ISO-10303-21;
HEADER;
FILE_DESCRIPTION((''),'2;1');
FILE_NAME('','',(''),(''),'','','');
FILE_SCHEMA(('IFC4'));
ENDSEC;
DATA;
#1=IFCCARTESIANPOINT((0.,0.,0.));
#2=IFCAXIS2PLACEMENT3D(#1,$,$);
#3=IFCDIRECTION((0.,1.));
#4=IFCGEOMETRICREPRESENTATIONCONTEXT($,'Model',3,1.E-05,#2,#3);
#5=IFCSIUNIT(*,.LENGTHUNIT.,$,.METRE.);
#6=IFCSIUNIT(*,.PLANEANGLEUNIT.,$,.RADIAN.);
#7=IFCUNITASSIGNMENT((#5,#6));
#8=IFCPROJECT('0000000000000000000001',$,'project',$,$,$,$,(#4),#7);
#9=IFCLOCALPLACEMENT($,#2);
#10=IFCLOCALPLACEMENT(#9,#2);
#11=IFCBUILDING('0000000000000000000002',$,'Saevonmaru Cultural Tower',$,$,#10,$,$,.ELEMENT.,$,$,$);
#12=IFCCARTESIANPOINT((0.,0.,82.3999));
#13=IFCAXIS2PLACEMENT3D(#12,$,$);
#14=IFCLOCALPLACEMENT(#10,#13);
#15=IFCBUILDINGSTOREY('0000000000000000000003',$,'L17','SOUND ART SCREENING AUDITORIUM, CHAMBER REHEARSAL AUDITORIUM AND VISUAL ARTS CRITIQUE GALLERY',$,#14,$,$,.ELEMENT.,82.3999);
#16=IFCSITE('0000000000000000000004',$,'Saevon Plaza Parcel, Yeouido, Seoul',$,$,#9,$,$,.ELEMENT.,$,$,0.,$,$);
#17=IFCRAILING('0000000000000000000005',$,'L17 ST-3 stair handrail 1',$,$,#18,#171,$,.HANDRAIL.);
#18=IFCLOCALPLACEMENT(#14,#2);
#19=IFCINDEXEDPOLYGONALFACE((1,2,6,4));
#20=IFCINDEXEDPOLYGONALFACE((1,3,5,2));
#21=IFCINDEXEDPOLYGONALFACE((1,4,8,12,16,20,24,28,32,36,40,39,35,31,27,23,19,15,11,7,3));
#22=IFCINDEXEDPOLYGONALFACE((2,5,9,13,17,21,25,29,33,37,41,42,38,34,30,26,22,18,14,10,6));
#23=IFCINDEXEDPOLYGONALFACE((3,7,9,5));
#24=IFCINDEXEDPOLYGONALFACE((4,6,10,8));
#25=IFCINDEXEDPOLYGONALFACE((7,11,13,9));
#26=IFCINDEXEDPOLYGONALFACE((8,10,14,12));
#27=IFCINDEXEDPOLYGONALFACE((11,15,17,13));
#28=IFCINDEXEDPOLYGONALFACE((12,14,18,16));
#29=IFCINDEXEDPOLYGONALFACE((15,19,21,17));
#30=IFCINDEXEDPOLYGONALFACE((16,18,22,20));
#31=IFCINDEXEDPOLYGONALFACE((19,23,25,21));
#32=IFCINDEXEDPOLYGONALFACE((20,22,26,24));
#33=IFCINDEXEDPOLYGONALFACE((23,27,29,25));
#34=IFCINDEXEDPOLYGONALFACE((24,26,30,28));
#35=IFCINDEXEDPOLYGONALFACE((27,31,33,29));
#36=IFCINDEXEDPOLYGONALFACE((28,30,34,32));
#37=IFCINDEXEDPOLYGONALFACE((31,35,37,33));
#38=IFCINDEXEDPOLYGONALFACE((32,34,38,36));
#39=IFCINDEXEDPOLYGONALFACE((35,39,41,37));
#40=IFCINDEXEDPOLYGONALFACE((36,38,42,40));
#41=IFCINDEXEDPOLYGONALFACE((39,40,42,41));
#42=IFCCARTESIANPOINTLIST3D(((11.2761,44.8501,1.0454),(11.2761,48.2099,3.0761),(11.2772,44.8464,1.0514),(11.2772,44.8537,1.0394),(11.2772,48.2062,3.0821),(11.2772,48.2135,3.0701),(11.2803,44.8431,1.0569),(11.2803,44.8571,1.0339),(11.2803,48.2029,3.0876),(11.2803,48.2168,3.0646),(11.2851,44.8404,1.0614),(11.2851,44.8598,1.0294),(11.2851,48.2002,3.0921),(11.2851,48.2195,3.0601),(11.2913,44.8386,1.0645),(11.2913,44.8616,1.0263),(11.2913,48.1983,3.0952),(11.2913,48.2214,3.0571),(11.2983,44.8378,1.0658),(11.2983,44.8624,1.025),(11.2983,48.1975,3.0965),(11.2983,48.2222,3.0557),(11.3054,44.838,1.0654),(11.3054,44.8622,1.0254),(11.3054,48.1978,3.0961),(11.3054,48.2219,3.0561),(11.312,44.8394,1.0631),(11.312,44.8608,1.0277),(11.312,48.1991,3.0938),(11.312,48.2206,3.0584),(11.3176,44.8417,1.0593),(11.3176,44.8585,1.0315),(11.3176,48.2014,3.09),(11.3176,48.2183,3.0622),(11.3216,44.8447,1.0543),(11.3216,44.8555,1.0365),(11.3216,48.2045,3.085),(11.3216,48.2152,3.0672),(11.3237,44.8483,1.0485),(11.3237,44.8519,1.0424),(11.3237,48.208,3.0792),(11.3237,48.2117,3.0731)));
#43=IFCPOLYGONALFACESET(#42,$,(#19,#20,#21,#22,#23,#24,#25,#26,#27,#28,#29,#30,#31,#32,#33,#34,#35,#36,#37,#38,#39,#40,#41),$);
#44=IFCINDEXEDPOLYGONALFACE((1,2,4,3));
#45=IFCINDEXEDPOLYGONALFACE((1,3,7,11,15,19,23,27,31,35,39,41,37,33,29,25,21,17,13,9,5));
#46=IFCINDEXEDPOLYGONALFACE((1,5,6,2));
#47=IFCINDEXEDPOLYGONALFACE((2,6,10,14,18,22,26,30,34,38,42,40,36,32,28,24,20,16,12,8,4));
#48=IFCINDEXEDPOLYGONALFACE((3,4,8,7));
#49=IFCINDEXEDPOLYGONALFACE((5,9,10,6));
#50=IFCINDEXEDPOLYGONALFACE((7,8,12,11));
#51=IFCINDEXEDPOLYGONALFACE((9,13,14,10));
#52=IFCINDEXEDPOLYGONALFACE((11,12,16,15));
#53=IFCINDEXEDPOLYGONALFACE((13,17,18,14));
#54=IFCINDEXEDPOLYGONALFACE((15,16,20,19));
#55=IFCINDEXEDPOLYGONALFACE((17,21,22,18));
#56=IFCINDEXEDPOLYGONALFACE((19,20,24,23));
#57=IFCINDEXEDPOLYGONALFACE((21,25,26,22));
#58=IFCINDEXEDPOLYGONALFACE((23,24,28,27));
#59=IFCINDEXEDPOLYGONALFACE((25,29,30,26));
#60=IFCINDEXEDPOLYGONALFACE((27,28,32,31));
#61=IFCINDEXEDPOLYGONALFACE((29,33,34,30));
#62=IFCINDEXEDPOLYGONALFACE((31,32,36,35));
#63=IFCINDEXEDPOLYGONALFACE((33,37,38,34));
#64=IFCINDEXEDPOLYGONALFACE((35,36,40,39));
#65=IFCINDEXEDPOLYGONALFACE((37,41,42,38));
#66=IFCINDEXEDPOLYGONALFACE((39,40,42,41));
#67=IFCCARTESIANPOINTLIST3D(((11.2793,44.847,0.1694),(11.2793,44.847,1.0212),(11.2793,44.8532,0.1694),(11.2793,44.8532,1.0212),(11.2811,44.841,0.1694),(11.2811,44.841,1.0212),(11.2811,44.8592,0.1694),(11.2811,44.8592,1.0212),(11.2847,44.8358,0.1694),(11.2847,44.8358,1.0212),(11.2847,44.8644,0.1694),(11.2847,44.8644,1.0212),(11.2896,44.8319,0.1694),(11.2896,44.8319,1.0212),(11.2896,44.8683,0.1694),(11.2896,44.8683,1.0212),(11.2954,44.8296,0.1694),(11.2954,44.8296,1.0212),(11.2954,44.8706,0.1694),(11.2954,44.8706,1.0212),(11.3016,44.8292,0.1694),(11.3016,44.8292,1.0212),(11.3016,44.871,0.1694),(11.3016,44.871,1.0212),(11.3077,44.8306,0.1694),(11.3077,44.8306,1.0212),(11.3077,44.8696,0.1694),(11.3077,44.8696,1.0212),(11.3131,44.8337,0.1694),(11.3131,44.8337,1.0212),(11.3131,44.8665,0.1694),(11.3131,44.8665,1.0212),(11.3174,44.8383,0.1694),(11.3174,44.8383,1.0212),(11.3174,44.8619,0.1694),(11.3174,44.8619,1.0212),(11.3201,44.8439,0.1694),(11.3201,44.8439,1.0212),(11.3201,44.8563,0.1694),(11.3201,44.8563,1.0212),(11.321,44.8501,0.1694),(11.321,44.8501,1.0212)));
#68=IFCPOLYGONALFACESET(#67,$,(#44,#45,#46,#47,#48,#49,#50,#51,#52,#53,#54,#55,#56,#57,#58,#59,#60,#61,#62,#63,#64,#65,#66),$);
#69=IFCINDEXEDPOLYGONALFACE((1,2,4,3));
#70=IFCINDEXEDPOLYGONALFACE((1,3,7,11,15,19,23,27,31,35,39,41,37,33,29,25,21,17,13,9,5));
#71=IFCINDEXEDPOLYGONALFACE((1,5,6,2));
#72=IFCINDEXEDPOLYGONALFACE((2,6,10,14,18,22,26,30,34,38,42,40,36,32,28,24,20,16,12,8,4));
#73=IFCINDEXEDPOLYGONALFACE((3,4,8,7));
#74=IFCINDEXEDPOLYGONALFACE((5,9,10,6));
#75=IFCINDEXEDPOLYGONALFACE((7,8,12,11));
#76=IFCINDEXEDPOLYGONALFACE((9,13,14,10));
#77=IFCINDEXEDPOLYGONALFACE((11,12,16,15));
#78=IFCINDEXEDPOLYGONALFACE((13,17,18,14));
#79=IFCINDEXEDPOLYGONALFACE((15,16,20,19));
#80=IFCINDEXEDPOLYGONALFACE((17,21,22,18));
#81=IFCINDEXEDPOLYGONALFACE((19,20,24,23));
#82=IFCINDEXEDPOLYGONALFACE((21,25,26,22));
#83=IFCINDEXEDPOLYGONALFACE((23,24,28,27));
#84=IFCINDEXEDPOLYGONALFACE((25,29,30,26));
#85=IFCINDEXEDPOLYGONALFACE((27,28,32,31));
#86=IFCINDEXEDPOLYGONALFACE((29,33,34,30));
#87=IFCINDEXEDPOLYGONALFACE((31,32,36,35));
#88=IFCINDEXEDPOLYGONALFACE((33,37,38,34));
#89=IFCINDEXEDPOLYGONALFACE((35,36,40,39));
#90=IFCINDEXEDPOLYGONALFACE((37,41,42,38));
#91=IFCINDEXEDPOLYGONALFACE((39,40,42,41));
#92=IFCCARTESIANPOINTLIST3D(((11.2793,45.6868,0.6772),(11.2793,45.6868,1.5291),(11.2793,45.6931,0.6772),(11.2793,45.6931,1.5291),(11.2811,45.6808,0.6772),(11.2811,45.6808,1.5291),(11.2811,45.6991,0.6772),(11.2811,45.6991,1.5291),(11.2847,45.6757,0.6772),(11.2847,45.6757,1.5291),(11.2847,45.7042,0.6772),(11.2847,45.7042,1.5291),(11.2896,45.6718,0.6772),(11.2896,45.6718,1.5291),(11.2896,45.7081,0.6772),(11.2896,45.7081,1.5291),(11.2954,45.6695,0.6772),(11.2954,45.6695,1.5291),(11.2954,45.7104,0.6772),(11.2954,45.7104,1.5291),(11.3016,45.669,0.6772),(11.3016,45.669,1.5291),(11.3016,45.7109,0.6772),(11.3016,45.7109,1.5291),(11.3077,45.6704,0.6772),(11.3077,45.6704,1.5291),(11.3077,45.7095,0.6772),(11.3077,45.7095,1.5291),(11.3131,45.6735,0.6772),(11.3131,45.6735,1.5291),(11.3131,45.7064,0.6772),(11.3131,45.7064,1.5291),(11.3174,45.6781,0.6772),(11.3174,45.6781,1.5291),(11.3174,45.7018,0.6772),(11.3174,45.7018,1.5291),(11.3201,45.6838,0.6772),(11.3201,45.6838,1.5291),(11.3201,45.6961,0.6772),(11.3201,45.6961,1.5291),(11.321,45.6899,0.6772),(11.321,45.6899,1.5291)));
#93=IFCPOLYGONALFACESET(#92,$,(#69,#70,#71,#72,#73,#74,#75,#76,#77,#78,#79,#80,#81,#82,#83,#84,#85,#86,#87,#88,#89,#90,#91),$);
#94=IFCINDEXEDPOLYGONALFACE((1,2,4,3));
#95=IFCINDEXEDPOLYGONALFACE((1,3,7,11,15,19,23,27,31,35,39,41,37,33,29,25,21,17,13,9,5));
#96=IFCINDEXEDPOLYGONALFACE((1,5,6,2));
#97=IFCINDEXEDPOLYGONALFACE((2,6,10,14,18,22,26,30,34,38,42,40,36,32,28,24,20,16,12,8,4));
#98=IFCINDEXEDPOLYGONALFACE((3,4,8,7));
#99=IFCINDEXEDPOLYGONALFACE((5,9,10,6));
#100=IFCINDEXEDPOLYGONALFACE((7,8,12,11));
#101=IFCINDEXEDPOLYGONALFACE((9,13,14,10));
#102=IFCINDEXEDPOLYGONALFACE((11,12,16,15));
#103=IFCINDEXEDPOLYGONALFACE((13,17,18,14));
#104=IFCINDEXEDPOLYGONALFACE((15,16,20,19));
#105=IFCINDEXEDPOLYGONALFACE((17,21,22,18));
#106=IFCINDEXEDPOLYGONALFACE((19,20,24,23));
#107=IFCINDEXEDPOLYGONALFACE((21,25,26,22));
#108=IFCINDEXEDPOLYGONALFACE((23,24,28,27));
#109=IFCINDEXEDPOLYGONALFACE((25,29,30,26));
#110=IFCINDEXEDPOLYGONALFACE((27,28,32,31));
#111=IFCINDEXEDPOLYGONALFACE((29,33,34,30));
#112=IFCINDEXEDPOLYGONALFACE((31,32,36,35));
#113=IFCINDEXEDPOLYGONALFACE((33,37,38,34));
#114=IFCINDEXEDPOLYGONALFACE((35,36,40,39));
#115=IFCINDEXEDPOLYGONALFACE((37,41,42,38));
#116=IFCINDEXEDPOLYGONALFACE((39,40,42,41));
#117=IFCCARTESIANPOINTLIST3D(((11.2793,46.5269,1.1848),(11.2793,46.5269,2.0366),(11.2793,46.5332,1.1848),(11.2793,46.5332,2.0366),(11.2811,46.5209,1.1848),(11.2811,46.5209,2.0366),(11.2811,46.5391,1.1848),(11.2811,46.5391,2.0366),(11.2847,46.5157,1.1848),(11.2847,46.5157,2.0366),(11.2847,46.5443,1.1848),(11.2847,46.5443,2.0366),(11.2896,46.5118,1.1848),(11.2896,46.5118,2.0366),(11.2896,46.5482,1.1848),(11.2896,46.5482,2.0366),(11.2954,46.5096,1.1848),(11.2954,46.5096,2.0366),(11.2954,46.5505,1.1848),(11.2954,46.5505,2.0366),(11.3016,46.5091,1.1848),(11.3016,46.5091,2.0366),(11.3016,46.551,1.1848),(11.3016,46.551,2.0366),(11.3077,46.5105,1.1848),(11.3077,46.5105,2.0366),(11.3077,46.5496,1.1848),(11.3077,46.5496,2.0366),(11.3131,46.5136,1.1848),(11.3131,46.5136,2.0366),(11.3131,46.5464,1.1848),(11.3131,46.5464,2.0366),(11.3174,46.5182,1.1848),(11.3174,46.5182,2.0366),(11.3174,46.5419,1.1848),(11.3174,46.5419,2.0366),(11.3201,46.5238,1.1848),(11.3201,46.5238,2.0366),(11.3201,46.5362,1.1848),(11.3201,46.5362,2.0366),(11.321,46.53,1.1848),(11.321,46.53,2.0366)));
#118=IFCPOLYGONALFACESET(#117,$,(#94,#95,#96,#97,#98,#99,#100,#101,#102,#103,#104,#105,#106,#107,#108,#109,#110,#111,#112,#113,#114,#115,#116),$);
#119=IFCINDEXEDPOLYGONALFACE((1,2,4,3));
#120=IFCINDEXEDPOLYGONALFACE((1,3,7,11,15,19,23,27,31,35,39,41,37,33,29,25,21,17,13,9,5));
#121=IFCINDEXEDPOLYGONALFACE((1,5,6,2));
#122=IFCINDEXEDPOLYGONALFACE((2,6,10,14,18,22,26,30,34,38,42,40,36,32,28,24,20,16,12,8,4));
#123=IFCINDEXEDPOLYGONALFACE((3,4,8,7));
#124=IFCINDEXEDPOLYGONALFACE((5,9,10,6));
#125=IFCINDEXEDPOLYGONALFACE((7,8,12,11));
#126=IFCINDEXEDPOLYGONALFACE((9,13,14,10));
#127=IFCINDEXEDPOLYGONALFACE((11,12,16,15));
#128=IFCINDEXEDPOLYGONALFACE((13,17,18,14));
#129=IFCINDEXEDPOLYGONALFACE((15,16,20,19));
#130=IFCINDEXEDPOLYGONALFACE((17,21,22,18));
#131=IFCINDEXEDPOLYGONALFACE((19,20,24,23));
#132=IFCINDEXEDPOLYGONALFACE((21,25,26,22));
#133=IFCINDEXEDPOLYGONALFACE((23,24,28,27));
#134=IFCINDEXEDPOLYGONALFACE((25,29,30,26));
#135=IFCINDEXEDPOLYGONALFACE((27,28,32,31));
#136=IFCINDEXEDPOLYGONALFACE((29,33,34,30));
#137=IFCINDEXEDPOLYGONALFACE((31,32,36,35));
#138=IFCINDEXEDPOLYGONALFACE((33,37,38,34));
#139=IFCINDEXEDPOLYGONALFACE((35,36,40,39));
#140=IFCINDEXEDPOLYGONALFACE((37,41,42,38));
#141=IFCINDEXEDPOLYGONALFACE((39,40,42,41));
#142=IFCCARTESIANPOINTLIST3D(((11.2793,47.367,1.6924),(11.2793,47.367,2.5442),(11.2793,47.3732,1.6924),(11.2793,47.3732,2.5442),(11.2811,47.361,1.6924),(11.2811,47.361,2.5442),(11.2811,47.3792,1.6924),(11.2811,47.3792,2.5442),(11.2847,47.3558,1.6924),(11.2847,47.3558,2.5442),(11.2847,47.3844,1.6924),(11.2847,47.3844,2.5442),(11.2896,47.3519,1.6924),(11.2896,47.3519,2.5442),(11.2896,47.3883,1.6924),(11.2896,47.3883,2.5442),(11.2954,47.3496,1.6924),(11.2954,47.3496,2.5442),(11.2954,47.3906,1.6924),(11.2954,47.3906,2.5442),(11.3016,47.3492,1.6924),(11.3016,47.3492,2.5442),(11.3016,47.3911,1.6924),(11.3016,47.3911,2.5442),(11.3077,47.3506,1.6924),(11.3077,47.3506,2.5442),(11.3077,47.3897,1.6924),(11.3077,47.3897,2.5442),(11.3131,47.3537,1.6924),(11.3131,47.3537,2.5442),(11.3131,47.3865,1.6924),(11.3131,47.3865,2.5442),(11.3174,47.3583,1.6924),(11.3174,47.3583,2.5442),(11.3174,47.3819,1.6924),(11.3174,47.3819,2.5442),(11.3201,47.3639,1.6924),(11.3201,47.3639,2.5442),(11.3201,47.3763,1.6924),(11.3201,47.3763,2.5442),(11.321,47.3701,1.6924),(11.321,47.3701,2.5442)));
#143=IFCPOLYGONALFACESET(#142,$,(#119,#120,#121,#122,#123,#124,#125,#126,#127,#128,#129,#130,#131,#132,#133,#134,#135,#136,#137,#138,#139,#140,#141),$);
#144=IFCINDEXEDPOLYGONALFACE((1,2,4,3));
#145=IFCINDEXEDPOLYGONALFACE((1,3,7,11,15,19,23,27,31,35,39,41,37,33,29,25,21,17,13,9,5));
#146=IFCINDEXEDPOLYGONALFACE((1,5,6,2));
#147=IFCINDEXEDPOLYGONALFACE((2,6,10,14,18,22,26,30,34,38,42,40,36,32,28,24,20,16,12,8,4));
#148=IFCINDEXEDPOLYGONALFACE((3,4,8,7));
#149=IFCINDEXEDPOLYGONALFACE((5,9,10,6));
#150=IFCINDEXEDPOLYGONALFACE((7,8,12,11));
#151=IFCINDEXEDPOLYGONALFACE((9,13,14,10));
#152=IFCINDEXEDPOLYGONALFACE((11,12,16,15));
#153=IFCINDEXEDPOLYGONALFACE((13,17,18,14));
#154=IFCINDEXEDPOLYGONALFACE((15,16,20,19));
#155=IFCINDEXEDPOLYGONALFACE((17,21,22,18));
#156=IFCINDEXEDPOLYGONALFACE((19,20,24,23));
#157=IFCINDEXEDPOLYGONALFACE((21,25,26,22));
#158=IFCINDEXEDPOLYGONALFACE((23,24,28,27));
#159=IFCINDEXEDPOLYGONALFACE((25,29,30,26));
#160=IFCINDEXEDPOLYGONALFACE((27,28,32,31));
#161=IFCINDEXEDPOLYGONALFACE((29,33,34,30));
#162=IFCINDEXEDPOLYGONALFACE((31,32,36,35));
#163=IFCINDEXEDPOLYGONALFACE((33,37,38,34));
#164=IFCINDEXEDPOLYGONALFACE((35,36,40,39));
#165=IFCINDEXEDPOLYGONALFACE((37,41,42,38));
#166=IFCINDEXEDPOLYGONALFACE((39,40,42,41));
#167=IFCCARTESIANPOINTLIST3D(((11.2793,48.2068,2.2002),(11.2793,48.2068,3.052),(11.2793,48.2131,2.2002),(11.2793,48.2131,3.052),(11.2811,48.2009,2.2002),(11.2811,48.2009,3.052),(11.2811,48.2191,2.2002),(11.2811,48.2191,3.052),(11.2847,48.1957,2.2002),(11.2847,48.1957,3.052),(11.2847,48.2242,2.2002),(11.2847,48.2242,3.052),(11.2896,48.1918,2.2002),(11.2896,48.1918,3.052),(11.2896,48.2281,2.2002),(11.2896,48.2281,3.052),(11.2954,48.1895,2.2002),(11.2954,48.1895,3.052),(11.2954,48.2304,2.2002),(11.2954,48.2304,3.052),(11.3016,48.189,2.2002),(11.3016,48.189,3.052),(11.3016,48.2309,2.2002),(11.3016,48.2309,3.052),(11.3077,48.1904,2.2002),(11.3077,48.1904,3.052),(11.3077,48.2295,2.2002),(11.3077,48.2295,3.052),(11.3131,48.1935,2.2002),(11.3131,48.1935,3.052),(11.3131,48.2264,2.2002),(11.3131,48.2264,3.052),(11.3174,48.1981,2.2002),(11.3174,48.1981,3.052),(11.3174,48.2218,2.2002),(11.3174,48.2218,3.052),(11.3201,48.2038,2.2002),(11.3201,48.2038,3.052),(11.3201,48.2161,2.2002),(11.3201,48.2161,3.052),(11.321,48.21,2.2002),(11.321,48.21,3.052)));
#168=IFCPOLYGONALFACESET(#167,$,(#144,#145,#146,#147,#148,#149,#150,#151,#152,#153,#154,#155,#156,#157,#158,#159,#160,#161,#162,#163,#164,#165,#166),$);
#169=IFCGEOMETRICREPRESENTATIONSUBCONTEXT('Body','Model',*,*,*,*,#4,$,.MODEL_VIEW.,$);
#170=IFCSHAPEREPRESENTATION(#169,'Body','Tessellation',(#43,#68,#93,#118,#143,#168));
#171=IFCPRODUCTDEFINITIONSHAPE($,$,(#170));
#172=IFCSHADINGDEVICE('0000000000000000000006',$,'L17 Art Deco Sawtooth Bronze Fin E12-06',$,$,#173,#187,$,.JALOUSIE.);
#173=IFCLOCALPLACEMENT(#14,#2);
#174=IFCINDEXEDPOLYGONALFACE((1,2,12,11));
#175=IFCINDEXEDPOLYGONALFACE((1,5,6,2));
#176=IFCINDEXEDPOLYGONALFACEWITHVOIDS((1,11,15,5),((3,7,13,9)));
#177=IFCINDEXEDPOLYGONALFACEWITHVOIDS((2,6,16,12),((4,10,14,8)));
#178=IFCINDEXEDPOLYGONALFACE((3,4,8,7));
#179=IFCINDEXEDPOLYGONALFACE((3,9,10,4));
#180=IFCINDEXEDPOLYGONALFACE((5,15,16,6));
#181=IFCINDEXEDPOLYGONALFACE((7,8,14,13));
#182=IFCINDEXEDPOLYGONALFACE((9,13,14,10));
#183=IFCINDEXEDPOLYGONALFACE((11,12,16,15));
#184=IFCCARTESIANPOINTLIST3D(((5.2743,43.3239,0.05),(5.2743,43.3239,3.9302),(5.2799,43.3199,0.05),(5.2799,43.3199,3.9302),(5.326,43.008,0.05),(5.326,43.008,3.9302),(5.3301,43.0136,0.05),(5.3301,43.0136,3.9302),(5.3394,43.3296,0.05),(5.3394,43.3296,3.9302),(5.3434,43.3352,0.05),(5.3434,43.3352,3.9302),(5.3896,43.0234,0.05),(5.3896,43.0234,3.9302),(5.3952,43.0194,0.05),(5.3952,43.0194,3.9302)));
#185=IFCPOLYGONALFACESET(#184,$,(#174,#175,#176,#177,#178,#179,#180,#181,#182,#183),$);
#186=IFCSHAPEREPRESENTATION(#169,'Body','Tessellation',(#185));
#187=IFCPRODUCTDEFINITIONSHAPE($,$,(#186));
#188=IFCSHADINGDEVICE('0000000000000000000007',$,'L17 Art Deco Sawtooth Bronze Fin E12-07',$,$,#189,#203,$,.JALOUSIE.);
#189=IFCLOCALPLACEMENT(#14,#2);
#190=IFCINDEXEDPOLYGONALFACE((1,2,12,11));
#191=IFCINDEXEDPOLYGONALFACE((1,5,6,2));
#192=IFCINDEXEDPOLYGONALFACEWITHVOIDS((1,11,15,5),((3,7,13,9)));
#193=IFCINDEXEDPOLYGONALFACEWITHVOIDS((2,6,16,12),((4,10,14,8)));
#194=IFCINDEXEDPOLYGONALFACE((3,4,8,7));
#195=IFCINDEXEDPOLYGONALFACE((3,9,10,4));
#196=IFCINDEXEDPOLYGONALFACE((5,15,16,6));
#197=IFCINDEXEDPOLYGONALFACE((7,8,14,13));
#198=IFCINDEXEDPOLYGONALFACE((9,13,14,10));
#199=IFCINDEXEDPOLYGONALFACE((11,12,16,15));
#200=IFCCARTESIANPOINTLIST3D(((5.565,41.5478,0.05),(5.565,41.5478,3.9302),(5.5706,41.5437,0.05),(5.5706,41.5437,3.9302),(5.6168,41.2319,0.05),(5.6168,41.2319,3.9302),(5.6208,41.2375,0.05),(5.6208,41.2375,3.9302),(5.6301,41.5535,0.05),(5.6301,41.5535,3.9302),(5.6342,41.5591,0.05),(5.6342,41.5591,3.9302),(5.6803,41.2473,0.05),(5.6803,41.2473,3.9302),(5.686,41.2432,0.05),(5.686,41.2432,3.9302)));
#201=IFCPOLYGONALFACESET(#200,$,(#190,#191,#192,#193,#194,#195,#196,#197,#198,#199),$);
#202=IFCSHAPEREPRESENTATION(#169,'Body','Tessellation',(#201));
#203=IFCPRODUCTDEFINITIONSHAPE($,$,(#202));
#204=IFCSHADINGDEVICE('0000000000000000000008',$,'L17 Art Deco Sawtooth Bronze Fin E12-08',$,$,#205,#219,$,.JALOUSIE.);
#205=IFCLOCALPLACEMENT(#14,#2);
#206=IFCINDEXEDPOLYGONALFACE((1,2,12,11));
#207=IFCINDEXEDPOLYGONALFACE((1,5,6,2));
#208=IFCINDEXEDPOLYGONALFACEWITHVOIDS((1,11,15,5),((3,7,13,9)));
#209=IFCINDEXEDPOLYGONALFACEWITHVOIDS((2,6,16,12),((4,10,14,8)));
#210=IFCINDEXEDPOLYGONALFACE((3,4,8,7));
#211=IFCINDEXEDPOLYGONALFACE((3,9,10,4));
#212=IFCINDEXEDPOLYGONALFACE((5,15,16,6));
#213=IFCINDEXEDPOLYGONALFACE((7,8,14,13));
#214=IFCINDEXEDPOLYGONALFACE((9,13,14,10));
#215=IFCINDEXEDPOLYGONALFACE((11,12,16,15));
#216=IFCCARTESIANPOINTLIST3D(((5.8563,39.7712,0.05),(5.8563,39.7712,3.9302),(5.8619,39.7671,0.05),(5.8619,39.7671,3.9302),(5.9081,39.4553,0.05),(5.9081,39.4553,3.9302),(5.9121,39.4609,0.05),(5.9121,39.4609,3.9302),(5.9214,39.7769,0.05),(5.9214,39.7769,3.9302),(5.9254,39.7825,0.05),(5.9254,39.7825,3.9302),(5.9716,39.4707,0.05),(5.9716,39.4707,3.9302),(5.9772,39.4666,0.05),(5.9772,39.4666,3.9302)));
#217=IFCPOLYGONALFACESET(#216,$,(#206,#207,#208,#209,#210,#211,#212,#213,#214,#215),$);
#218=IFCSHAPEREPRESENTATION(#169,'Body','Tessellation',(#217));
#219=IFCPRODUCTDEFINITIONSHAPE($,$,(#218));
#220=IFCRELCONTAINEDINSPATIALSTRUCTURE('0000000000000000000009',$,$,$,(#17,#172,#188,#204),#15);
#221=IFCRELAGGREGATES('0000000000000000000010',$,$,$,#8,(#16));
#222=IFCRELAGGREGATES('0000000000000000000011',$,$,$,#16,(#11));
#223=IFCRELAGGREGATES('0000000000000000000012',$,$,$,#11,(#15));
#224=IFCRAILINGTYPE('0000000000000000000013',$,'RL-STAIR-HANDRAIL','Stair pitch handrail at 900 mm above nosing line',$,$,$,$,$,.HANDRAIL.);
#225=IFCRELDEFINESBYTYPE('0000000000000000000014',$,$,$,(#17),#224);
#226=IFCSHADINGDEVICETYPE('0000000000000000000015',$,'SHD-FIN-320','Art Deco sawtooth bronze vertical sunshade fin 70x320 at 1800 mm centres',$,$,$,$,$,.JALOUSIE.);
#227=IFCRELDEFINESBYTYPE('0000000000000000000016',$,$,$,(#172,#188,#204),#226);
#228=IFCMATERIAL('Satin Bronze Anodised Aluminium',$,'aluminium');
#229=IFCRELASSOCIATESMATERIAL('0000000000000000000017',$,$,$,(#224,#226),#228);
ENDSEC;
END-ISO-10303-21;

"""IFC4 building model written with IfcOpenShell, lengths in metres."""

from ifc_helpers import new_model, si_unit, direction, frame, origin, origin_2d, place, context, subcontext, project, spatial, hollow_rectangle, circle, extrude, material, material_profile, profile_set, type_object, element, save


model = new_model("IFC4")

# Units and contexts
model_context = context("Model", 3, precision=1e-05, world=origin(), true_north=direction((0.0, 1.0)))
body_context = subcontext(model_context, "Body", "Model", "MODEL_VIEW")
ifc_project = project(units=[si_unit("LENGTHUNIT", "METRE"), si_unit("PLANEANGLEUNIT", "RADIAN")], contexts=[model_context])

# Site, building, storey
site_placement = place(None, origin())
site = spatial("IfcSite", under=ifc_project, at=site_placement, Name="Saevon Plaza Parcel, Yeouido, Seoul", CompositionType="ELEMENT", RefElevation=0.0)
building_placement = place(site_placement, origin())
building = spatial("IfcBuilding", under=site, at=building_placement, Name="Saevonmaru Cultural Tower", CompositionType="ELEMENT")
storey_placement = place(building_placement, frame((0.0, 0.0, 82.3999)))
storey = spatial("IfcBuildingStorey", under=building, at=storey_placement, Name="L17", Description="SOUND ART SCREENING AUDITORIUM, CHAMBER REHEARSAL AUDITORIUM AND VISUAL ARTS CRITIQUE GALLERY", CompositionType="ELEMENT", Elevation=82.3999)

# Shared definitions
ifc_material_1 = material(Name="Satin Bronze Anodised Aluminium", Category="aluminium")

# Railing
railing_type_1 = type_object("IfcRailingType", Name="RL-STAIR-HANDRAIL", Description="Stair pitch handrail at 900 mm above nosing line", PredefinedType="HANDRAIL", material=ifc_material_1)
railing_1_placement = place(storey_placement, frame((11.3, 44.8501, 0.1694)))
element("IfcRailing", 1, at=railing_1_placement, inside=storey, type_object=railing_type_1, Name="L17 ST-3 stair handrail 1", PredefinedType="HANDRAIL", context=body_context, shape_type="SweptSolid", body=[
    extrude(circle(Radius=0.0239, at=origin_2d()), frame((0.0, 0.0, 0.876), z_axis=(0.0, 0.85582, 0.517273), x_axis=(-1.0, 0.0, 0.0)), (0.0, 0.0, 1.0), 3.9258),
    extrude(circle(Radius=0.021, at=origin_2d()), origin(), (0.0, 0.0, 1.0), 0.8518),
    extrude(circle(Radius=0.021, at=origin_2d()), frame((0.0, 0.8398, 0.5078)), (0.0, 0.0, 1.0), 0.8518),
    extrude(circle(Radius=0.021, at=origin_2d()), frame((0.0, 1.6799, 1.0154)), (0.0, 0.0, 1.0), 0.8518),
    extrude(circle(Radius=0.021, at=origin_2d()), frame((0.0, 2.52, 1.5229)), (0.0, 0.0, 1.0), 0.8518),
    extrude(circle(Radius=0.021, at=origin_2d()), frame((0.0, 3.3599, 2.0308)), (0.0, 0.0, 1.0), 0.8518),
])

# Shading devices
ifc_material_profile_1 = material_profile(ifc_material_1, hollow_rectangle(XDim=0.0701, YDim=0.3201, WallThickness=0.0049, at=origin_2d()), Name="FIN-320x70")
ifc_profile_set_1 = profile_set([ifc_material_profile_1], Name="Satin Bronze Anodised Aluminium")
shading_device_type = type_object("IfcShadingDeviceType", Name="SHD-FIN-320", Description="Art Deco sawtooth bronze vertical sunshade fin 70x320 at 1800 mm centres", PredefinedType="JALOUSIE", material=ifc_profile_set_1)
for number, where, z_axis, x_axis, name in (
    (2, (5.3347, 43.1716, 0.05), (0.0, 0.0, 1.0), (-0.986827, -0.161776, 0.0), "L17 Art Deco Sawtooth Bronze Fin E12-06"),
    (3, (5.6255, 41.3955, 0.05), (0.0, 0.0, 1.0), (-0.986827, -0.161776, 0.0), "L17 Art Deco Sawtooth Bronze Fin E12-07"),
    (4, (5.9167, 39.6189, 0.05), (0.0, 0.0, 1.0), (-0.986827, -0.161776, 0.0), "L17 Art Deco Sawtooth Bronze Fin E12-08"),
):
    element("IfcShadingDevice", number, at=place(storey_placement, frame(where, z_axis=z_axis, x_axis=x_axis)), inside=storey, type_object=shading_device_type, Name=name, PredefinedType="JALOUSIE", context=body_context, shape_type="SweptSolid", body=[
        extrude(hollow_rectangle(XDim=0.0701, YDim=0.3201, WallThickness=0.0049, at=origin_2d()), origin(), (0.0, 0.0, 1.0), 3.8801),
    ])

save(model, "model.ifc")
